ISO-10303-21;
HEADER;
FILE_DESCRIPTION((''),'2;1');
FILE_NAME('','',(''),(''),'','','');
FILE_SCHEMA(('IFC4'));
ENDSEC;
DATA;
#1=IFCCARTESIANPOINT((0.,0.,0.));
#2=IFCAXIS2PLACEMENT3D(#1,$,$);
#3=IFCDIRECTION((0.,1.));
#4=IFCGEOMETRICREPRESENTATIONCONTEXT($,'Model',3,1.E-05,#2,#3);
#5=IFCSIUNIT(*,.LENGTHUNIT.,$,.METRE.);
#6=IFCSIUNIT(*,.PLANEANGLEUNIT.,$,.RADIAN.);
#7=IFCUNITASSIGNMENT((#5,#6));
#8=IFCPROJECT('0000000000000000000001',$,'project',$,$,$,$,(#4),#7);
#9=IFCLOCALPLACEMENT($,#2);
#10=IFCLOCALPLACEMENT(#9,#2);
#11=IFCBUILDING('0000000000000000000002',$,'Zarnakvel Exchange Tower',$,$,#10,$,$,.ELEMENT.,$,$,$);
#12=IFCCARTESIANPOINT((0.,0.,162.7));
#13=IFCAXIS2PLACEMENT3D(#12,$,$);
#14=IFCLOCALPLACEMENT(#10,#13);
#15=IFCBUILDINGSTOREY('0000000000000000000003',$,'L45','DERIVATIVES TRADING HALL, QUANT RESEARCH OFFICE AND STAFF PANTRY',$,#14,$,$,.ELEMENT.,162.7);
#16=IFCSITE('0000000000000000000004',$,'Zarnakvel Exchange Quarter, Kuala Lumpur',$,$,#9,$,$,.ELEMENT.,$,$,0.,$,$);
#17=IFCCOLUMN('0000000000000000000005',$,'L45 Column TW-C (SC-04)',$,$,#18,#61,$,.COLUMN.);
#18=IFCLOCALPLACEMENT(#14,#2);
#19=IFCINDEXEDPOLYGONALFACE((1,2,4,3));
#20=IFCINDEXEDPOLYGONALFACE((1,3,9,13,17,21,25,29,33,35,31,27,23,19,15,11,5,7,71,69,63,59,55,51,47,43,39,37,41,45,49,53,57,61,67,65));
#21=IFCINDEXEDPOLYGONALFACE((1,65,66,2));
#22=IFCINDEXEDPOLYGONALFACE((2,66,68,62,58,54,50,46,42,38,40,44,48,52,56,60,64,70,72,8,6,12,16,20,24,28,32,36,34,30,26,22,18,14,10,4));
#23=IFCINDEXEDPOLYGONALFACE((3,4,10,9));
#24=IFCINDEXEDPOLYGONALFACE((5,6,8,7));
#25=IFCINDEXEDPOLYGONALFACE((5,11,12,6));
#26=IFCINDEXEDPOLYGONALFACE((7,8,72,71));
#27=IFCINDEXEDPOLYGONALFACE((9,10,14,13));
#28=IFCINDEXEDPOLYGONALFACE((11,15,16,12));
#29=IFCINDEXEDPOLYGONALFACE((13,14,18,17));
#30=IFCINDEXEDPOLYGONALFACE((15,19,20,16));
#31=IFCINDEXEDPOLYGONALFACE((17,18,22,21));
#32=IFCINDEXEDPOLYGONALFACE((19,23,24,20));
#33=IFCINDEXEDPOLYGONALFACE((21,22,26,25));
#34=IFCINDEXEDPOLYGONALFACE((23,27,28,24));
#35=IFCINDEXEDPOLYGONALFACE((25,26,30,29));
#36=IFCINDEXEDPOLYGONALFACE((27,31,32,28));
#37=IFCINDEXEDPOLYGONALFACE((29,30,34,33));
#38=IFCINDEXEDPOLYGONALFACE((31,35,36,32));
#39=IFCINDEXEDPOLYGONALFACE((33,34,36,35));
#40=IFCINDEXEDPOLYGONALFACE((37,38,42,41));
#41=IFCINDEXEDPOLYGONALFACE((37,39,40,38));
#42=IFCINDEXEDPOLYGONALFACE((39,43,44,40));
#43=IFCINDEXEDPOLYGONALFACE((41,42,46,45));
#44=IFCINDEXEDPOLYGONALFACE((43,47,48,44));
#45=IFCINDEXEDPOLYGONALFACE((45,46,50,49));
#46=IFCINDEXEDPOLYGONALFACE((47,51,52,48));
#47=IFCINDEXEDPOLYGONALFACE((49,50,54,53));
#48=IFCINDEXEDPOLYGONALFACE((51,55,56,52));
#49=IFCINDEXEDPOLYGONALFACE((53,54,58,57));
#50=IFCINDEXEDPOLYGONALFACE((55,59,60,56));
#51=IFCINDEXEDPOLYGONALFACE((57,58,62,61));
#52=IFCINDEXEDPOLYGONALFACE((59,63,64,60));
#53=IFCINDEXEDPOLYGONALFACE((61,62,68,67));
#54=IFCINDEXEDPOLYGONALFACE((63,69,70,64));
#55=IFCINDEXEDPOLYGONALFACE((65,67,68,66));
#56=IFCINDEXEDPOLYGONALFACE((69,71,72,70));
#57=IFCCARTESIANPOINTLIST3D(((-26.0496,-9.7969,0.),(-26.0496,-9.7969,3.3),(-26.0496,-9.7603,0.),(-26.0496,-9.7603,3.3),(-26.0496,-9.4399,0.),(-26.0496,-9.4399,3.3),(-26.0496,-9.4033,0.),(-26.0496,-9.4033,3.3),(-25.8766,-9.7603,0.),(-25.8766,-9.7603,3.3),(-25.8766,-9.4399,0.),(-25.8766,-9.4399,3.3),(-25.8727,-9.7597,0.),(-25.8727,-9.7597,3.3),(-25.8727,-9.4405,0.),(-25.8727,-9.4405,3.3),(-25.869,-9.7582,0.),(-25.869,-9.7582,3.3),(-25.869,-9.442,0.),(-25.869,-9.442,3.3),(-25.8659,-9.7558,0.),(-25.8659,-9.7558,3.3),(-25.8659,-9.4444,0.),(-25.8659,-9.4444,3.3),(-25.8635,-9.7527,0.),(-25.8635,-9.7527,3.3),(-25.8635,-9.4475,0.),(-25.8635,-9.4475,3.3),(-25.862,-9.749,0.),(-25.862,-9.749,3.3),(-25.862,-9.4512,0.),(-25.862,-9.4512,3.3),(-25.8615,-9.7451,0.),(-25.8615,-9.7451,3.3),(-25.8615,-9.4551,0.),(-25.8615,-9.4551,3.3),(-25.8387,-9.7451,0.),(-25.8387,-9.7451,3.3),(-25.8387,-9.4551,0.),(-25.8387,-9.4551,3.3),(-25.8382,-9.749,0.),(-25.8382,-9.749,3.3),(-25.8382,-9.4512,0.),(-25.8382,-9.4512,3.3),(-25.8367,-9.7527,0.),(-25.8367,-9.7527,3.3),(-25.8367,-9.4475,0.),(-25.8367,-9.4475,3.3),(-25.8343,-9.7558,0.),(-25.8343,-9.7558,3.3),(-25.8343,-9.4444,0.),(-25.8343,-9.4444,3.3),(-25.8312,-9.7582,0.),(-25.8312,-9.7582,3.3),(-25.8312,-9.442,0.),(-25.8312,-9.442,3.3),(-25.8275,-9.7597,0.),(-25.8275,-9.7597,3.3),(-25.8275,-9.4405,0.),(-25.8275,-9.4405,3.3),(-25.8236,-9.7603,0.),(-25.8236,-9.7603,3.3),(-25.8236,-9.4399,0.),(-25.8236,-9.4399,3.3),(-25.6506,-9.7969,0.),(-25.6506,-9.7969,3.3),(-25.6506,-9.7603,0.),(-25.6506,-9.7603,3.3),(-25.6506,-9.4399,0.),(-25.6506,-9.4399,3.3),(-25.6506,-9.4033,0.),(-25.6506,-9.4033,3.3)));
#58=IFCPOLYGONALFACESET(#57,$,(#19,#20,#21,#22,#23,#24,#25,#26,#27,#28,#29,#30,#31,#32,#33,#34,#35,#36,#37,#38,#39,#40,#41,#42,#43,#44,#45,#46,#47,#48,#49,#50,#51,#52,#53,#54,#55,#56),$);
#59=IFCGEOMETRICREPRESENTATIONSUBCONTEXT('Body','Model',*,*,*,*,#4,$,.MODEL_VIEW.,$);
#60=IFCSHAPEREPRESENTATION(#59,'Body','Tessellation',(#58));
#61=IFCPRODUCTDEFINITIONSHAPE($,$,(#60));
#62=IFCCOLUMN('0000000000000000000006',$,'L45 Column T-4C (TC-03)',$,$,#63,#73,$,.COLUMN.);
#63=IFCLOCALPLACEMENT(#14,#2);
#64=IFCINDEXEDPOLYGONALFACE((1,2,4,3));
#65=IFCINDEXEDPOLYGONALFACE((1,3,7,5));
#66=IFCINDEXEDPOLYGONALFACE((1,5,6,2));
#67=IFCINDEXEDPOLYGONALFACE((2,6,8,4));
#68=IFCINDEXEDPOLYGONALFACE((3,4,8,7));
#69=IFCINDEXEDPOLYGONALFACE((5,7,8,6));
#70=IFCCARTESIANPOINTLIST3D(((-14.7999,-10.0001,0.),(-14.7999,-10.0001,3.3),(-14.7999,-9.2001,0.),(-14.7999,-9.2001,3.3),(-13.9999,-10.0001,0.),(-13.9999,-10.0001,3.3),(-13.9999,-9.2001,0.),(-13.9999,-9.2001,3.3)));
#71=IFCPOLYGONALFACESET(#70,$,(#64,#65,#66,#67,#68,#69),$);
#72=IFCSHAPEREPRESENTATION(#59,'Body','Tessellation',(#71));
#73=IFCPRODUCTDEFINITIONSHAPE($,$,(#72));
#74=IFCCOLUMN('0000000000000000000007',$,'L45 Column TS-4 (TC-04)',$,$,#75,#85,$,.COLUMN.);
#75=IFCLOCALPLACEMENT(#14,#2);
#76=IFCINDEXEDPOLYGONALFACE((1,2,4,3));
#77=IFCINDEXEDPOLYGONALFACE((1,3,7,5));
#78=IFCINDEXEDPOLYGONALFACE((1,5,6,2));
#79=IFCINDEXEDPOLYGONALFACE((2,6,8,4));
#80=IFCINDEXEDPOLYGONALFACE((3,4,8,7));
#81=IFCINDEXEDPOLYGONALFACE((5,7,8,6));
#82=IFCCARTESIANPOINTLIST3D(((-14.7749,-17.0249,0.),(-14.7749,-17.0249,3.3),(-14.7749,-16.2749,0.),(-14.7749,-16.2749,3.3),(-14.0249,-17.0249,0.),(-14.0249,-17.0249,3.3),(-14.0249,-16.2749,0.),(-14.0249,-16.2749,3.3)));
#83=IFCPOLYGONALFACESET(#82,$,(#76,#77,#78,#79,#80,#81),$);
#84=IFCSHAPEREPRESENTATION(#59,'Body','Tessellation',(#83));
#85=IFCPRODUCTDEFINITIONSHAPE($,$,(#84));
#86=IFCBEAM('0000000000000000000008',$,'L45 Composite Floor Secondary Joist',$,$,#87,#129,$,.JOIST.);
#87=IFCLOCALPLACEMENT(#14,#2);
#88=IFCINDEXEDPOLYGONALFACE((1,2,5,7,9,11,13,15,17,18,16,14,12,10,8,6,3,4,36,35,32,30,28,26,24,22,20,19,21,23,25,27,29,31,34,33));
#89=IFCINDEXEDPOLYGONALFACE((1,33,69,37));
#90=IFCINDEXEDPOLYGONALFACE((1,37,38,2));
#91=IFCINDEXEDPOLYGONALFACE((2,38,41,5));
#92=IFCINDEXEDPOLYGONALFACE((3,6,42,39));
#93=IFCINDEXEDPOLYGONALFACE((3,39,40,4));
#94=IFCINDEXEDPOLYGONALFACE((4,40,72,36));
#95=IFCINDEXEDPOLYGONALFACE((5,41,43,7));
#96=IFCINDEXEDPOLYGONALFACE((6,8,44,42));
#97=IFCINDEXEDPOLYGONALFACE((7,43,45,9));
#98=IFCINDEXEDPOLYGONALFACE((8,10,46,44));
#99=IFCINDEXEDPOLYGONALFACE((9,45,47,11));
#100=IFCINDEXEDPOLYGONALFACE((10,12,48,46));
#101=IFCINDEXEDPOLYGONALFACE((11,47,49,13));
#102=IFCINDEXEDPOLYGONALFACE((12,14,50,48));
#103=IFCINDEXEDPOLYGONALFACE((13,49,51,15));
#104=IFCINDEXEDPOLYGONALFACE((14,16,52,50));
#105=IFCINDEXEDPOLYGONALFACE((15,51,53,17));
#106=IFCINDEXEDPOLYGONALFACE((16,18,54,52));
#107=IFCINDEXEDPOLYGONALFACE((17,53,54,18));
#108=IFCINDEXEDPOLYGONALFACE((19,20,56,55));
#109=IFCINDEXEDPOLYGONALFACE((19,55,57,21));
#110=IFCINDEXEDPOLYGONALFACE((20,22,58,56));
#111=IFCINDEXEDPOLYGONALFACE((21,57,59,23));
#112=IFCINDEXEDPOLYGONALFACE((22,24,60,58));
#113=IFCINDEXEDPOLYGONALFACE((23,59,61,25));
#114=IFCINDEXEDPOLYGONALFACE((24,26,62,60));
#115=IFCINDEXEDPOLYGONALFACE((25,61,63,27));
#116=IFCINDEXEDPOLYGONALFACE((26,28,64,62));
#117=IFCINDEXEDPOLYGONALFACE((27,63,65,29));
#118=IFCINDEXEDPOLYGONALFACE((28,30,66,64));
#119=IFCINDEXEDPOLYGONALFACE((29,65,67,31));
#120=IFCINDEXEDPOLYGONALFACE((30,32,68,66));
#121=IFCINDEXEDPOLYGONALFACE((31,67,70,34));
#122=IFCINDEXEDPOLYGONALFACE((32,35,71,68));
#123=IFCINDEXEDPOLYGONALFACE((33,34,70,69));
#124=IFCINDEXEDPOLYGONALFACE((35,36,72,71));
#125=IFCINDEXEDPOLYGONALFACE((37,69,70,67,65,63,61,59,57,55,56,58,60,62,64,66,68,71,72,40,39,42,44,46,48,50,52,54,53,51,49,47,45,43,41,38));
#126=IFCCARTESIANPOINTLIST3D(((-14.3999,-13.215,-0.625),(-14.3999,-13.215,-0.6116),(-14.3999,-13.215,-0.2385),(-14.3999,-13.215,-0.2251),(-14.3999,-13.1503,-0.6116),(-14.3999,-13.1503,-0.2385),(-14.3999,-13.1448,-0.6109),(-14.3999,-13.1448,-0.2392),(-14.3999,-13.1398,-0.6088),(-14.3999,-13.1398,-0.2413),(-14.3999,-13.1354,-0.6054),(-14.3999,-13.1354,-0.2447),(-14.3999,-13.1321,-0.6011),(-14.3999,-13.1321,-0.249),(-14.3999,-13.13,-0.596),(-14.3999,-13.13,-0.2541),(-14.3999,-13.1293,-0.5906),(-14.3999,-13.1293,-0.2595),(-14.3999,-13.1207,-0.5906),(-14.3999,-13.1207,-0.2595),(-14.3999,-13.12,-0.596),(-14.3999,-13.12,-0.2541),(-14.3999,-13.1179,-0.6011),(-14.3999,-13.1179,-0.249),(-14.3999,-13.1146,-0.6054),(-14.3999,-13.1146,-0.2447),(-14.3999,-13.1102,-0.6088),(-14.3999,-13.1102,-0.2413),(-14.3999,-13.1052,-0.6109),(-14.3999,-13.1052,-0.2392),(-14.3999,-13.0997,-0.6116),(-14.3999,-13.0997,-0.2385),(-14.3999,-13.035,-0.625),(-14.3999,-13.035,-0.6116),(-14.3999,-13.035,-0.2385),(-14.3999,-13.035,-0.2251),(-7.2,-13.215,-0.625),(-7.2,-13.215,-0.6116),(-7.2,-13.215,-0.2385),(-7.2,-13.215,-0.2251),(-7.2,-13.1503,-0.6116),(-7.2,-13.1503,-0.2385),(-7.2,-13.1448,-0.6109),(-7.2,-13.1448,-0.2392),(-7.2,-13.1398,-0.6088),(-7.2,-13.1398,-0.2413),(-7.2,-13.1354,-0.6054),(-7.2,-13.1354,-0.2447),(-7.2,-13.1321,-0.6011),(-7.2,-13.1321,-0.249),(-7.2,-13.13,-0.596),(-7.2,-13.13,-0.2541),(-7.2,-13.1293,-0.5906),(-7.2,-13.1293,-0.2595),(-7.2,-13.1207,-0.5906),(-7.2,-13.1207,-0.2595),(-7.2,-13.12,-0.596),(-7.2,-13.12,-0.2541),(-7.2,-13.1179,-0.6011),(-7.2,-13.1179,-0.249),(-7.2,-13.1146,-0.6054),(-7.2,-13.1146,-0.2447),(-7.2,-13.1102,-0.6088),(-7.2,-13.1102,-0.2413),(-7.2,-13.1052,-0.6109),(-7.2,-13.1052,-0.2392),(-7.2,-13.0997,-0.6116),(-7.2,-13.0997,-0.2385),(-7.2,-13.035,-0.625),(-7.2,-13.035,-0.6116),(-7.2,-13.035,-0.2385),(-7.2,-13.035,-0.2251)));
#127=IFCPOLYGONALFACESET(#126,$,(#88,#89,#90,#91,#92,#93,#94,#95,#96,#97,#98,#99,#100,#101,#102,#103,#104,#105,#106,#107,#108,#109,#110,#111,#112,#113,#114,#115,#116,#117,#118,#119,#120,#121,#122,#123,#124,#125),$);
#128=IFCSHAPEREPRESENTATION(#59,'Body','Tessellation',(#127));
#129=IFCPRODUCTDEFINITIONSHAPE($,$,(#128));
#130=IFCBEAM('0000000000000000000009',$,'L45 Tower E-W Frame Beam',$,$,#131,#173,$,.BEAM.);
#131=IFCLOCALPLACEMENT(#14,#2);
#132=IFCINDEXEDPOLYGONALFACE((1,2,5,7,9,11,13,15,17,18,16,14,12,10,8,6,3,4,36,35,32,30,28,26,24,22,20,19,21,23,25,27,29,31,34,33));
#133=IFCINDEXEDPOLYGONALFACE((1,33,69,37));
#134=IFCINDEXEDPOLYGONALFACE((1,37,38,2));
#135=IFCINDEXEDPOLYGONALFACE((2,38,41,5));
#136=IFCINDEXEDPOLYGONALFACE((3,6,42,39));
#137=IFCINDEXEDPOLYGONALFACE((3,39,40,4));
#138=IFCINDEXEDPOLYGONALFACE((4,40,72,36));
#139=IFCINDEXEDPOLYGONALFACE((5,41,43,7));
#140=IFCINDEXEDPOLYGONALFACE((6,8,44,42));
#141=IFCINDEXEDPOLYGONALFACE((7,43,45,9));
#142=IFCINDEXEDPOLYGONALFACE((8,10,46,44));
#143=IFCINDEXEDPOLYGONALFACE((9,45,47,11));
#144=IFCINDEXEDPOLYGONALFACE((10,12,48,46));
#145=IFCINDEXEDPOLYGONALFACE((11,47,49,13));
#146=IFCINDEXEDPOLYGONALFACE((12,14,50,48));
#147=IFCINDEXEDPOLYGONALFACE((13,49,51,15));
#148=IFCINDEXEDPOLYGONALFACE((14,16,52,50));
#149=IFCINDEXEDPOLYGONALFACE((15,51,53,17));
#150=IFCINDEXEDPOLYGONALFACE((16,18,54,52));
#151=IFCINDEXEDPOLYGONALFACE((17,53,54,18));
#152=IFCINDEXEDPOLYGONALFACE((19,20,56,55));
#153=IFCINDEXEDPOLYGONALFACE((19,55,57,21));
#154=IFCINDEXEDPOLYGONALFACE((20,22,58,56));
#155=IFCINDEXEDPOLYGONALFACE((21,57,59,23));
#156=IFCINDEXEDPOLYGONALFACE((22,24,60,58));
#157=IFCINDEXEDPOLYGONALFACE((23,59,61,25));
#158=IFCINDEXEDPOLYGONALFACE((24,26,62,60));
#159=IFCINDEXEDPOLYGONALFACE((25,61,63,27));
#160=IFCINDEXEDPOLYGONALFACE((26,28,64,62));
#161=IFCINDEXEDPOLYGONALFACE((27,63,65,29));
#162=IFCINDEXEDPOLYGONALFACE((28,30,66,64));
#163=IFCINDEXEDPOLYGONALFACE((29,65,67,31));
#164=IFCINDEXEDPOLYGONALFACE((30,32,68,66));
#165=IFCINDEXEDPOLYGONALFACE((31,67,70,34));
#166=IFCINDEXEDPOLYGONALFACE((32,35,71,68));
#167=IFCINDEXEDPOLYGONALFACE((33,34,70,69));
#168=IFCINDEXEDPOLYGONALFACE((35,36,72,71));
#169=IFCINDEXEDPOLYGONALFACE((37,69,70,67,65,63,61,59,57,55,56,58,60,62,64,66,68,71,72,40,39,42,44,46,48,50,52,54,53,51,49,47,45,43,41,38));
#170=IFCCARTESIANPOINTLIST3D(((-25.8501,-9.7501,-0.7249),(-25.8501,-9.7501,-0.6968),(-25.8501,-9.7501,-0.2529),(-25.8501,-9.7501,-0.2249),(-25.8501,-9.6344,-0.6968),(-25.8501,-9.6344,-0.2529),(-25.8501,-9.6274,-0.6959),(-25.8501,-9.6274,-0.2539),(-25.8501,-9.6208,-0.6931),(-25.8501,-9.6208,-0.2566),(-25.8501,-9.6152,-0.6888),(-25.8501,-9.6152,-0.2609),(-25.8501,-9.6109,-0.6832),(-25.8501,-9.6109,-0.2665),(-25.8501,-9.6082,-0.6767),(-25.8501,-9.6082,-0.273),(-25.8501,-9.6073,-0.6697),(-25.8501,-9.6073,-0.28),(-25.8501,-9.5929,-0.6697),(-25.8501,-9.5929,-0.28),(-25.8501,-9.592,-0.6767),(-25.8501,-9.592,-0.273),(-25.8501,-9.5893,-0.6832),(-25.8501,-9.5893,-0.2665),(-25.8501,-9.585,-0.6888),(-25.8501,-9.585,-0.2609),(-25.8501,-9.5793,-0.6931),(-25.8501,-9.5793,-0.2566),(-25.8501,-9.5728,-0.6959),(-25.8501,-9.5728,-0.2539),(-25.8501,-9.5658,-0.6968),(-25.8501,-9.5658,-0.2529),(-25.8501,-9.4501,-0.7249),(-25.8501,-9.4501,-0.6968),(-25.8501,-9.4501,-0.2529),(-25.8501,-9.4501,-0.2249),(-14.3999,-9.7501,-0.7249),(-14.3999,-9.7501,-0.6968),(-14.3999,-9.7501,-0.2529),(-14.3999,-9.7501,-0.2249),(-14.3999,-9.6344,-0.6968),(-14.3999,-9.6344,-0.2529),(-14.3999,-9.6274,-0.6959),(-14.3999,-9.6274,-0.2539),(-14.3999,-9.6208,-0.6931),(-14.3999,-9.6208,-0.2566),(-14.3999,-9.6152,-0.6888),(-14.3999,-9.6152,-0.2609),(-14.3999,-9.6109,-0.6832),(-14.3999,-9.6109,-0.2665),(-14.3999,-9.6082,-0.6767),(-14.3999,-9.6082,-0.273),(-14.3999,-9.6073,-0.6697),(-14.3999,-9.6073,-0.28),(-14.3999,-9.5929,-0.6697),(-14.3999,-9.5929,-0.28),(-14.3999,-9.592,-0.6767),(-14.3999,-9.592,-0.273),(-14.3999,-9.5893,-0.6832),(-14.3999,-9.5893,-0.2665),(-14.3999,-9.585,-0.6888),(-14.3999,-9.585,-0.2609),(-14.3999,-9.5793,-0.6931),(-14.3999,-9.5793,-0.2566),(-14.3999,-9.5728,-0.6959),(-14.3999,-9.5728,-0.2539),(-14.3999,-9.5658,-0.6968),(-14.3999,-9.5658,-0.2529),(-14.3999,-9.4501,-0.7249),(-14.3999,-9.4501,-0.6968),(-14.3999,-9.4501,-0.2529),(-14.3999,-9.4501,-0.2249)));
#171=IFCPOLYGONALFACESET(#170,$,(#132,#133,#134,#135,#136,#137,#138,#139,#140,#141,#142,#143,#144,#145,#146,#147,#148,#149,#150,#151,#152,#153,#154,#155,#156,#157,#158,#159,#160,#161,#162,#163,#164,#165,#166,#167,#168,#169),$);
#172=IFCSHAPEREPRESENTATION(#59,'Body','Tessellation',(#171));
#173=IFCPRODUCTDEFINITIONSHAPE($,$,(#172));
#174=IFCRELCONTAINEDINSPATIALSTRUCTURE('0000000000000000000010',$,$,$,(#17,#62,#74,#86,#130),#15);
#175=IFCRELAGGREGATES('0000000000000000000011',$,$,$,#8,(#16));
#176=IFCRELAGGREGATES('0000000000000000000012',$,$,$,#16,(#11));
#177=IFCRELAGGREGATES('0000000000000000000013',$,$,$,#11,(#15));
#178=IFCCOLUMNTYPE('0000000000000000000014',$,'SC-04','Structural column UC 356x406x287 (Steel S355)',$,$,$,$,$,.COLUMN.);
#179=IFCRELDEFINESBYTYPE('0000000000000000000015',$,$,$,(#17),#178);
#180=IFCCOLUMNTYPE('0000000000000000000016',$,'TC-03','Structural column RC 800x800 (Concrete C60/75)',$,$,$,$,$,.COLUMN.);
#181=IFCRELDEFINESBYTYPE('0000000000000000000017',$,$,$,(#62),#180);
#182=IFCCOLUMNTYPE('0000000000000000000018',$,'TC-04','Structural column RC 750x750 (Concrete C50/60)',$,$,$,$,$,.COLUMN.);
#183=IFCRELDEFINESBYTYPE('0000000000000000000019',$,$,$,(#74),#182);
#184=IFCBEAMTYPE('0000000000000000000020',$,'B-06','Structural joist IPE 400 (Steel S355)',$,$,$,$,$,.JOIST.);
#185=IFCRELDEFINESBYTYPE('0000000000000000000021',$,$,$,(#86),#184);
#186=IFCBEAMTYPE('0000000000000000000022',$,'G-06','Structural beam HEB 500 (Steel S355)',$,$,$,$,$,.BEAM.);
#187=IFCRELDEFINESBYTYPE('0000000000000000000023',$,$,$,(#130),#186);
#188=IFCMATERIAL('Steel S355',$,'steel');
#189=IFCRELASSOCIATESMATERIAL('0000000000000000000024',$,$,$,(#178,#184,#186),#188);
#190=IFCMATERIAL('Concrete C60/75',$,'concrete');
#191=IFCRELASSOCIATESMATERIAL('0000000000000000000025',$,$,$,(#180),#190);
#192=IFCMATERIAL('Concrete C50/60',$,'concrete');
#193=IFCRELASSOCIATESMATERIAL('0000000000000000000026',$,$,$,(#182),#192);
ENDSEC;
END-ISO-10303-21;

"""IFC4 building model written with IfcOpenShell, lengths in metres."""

from ifc_helpers import new_model, si_unit, direction, frame, origin, origin_2d, place, context, subcontext, project, spatial, rectangle, i_section, extrude, material, material_profile, profile_set, type_object, element, save


model = new_model("IFC4")

# Units and contexts
model_context = context("Model", 3, precision=1e-05, world=origin(), true_north=direction((0.0, 1.0)))
body_context = subcontext(model_context, "Body", "Model", "MODEL_VIEW")
ifc_project = project(units=[si_unit("LENGTHUNIT", "METRE"), si_unit("PLANEANGLEUNIT", "RADIAN")], contexts=[model_context])

# Site, building, storey
site_placement = place(None, origin())
site = spatial("IfcSite", under=ifc_project, at=site_placement, Name="Zarnakvel Exchange Quarter, Kuala Lumpur", CompositionType="ELEMENT", RefElevation=0.0)
building_placement = place(site_placement, origin())
building = spatial("IfcBuilding", under=site, at=building_placement, Name="Zarnakvel Exchange Tower", CompositionType="ELEMENT")
storey_placement = place(building_placement, frame((0.0, 0.0, 162.7)))
storey = spatial("IfcBuildingStorey", under=building, at=storey_placement, Name="L45", Description="DERIVATIVES TRADING HALL, QUANT RESEARCH OFFICE AND STAFF PANTRY", CompositionType="ELEMENT", Elevation=162.7)

# Columns
ifc_material_1 = material(Name="Steel S355", Category="steel")
ifc_material_profile_1 = material_profile(ifc_material_1, i_section(OverallWidth=0.3989, OverallDepth=0.3936, WebThickness=0.0227, FlangeThickness=0.0366, FilletRadius=0.0151, at=origin_2d()))
ifc_profile_set_1 = profile_set([ifc_material_profile_1], Name="Steel S355")
column_type_1 = type_object("IfcColumnType", Name="SC-04", Description="Structural column UC 356x406x287 (Steel S355)", PredefinedType="COLUMN", material=ifc_profile_set_1)
column_1_placement = place(storey_placement, frame((-25.8501, -9.6001, 0.0), z_axis=(0.0, 0.0, 1.0), x_axis=(1.0, 0.0, 0.0)))
element("IfcColumn", 1, at=column_1_placement, inside=storey, type_object=column_type_1, Name="L45 Column TW-C (SC-04)", PredefinedType="COLUMN", context=body_context, shape_type="SweptSolid", body=[
    extrude(i_section(OverallWidth=0.3989, OverallDepth=0.3936, WebThickness=0.0227, FlangeThickness=0.0366, FilletRadius=0.0151, at=origin_2d()), origin(), (0.0, 0.0, 1.0), 3.3),
])
ifc_material_2 = material(Name="Concrete C60/75", Category="concrete")
ifc_material_profile_2 = material_profile(ifc_material_2, rectangle(XDim=0.8, YDim=0.8, at=origin_2d()))
ifc_profile_set_2 = profile_set([ifc_material_profile_2], Name="Concrete C60/75")
column_type_2 = type_object("IfcColumnType", Name="TC-03", Description="Structural column RC 800x800 (Concrete C60/75)", PredefinedType="COLUMN", material=ifc_profile_set_2)
column_2_placement = place(storey_placement, frame((-14.3999, -9.6001, 0.0), z_axis=(0.0, 0.0, 1.0), x_axis=(1.0, 0.0, 0.0)))
element("IfcColumn", 2, at=column_2_placement, inside=storey, type_object=column_type_2, Name="L45 Column T-4C (TC-03)", PredefinedType="COLUMN", context=body_context, shape_type="SweptSolid", body=[
    extrude(rectangle(XDim=0.8, YDim=0.8, at=origin_2d()), origin(), (0.0, 0.0, 1.0), 3.3),
])
ifc_material_3 = material(Name="Concrete C50/60", Category="concrete")
ifc_material_profile_3 = material_profile(ifc_material_3, rectangle(XDim=0.75, YDim=0.75, at=origin_2d()))
ifc_profile_set_3 = profile_set([ifc_material_profile_3], Name="Concrete C50/60")
column_type_3 = type_object("IfcColumnType", Name="TC-04", Description="Structural column RC 750x750 (Concrete C50/60)", PredefinedType="COLUMN", material=ifc_profile_set_3)
column_3_placement = place(storey_placement, frame((-14.3999, -16.6499, 0.0), z_axis=(0.0, 0.0, 1.0), x_axis=(1.0, 0.0, 0.0)))
element("IfcColumn", 3, at=column_3_placement, inside=storey, type_object=column_type_3, Name="L45 Column TS-4 (TC-04)", PredefinedType="COLUMN", context=body_context, shape_type="SweptSolid", body=[
    extrude(rectangle(XDim=0.75, YDim=0.75, at=origin_2d()), origin(), (0.0, 0.0, 1.0), 3.3),
])

# Beams
ifc_material_profile_4 = material_profile(ifc_material_1, i_section(OverallWidth=0.1799, OverallDepth=0.3999, WebThickness=0.0085, FlangeThickness=0.0134, FilletRadius=0.021, at=origin_2d()))
ifc_profile_set_4 = profile_set([ifc_material_profile_4], Name="Steel S355")
beam_type_1 = type_object("IfcBeamType", Name="B-06", Description="Structural joist IPE 400 (Steel S355)", PredefinedType="JOIST", material=ifc_profile_set_4)
beam_1_placement = place(storey_placement, frame((-14.3999, -13.125, -0.425), z_axis=(1.0, 0.0, 0.0), x_axis=(0.0, 1.0, 0.0)))
element("IfcBeam", 4, at=beam_1_placement, inside=storey, type_object=beam_type_1, Name="L45 Composite Floor Secondary Joist", PredefinedType="JOIST", context=body_context, shape_type="SweptSolid", body=[
    extrude(i_section(OverallWidth=0.1799, OverallDepth=0.3999, WebThickness=0.0085, FlangeThickness=0.0134, FilletRadius=0.021, at=origin_2d()), origin(), (0.0, 0.0, 1.0), 7.2),
])
ifc_material_profile_5 = material_profile(ifc_material_1, i_section(OverallWidth=0.3, OverallDepth=0.5, WebThickness=0.0144, FlangeThickness=0.0281, FilletRadius=0.0271, at=origin_2d()))
ifc_profile_set_5 = profile_set([ifc_material_profile_5], Name="Steel S355")
beam_type_2 = type_object("IfcBeamType", Name="G-06", Description="Structural beam HEB 500 (Steel S355)", PredefinedType="BEAM", material=ifc_profile_set_5)
beam_2_placement = place(storey_placement, frame((-25.8501, -9.6001, -0.4749), z_axis=(1.0, 0.0, 0.0), x_axis=(0.0, 1.0, 0.0)))
element("IfcBeam", 5, at=beam_2_placement, inside=storey, type_object=beam_type_2, Name="L45 Tower E-W Frame Beam", PredefinedType="BEAM", context=body_context, shape_type="SweptSolid", body=[
    extrude(i_section(OverallWidth=0.3, OverallDepth=0.5, WebThickness=0.0144, FlangeThickness=0.0281, FilletRadius=0.0271, at=origin_2d()), origin(), (0.0, 0.0, 1.0), 11.4502),
])

save(model, "model.ifc")
